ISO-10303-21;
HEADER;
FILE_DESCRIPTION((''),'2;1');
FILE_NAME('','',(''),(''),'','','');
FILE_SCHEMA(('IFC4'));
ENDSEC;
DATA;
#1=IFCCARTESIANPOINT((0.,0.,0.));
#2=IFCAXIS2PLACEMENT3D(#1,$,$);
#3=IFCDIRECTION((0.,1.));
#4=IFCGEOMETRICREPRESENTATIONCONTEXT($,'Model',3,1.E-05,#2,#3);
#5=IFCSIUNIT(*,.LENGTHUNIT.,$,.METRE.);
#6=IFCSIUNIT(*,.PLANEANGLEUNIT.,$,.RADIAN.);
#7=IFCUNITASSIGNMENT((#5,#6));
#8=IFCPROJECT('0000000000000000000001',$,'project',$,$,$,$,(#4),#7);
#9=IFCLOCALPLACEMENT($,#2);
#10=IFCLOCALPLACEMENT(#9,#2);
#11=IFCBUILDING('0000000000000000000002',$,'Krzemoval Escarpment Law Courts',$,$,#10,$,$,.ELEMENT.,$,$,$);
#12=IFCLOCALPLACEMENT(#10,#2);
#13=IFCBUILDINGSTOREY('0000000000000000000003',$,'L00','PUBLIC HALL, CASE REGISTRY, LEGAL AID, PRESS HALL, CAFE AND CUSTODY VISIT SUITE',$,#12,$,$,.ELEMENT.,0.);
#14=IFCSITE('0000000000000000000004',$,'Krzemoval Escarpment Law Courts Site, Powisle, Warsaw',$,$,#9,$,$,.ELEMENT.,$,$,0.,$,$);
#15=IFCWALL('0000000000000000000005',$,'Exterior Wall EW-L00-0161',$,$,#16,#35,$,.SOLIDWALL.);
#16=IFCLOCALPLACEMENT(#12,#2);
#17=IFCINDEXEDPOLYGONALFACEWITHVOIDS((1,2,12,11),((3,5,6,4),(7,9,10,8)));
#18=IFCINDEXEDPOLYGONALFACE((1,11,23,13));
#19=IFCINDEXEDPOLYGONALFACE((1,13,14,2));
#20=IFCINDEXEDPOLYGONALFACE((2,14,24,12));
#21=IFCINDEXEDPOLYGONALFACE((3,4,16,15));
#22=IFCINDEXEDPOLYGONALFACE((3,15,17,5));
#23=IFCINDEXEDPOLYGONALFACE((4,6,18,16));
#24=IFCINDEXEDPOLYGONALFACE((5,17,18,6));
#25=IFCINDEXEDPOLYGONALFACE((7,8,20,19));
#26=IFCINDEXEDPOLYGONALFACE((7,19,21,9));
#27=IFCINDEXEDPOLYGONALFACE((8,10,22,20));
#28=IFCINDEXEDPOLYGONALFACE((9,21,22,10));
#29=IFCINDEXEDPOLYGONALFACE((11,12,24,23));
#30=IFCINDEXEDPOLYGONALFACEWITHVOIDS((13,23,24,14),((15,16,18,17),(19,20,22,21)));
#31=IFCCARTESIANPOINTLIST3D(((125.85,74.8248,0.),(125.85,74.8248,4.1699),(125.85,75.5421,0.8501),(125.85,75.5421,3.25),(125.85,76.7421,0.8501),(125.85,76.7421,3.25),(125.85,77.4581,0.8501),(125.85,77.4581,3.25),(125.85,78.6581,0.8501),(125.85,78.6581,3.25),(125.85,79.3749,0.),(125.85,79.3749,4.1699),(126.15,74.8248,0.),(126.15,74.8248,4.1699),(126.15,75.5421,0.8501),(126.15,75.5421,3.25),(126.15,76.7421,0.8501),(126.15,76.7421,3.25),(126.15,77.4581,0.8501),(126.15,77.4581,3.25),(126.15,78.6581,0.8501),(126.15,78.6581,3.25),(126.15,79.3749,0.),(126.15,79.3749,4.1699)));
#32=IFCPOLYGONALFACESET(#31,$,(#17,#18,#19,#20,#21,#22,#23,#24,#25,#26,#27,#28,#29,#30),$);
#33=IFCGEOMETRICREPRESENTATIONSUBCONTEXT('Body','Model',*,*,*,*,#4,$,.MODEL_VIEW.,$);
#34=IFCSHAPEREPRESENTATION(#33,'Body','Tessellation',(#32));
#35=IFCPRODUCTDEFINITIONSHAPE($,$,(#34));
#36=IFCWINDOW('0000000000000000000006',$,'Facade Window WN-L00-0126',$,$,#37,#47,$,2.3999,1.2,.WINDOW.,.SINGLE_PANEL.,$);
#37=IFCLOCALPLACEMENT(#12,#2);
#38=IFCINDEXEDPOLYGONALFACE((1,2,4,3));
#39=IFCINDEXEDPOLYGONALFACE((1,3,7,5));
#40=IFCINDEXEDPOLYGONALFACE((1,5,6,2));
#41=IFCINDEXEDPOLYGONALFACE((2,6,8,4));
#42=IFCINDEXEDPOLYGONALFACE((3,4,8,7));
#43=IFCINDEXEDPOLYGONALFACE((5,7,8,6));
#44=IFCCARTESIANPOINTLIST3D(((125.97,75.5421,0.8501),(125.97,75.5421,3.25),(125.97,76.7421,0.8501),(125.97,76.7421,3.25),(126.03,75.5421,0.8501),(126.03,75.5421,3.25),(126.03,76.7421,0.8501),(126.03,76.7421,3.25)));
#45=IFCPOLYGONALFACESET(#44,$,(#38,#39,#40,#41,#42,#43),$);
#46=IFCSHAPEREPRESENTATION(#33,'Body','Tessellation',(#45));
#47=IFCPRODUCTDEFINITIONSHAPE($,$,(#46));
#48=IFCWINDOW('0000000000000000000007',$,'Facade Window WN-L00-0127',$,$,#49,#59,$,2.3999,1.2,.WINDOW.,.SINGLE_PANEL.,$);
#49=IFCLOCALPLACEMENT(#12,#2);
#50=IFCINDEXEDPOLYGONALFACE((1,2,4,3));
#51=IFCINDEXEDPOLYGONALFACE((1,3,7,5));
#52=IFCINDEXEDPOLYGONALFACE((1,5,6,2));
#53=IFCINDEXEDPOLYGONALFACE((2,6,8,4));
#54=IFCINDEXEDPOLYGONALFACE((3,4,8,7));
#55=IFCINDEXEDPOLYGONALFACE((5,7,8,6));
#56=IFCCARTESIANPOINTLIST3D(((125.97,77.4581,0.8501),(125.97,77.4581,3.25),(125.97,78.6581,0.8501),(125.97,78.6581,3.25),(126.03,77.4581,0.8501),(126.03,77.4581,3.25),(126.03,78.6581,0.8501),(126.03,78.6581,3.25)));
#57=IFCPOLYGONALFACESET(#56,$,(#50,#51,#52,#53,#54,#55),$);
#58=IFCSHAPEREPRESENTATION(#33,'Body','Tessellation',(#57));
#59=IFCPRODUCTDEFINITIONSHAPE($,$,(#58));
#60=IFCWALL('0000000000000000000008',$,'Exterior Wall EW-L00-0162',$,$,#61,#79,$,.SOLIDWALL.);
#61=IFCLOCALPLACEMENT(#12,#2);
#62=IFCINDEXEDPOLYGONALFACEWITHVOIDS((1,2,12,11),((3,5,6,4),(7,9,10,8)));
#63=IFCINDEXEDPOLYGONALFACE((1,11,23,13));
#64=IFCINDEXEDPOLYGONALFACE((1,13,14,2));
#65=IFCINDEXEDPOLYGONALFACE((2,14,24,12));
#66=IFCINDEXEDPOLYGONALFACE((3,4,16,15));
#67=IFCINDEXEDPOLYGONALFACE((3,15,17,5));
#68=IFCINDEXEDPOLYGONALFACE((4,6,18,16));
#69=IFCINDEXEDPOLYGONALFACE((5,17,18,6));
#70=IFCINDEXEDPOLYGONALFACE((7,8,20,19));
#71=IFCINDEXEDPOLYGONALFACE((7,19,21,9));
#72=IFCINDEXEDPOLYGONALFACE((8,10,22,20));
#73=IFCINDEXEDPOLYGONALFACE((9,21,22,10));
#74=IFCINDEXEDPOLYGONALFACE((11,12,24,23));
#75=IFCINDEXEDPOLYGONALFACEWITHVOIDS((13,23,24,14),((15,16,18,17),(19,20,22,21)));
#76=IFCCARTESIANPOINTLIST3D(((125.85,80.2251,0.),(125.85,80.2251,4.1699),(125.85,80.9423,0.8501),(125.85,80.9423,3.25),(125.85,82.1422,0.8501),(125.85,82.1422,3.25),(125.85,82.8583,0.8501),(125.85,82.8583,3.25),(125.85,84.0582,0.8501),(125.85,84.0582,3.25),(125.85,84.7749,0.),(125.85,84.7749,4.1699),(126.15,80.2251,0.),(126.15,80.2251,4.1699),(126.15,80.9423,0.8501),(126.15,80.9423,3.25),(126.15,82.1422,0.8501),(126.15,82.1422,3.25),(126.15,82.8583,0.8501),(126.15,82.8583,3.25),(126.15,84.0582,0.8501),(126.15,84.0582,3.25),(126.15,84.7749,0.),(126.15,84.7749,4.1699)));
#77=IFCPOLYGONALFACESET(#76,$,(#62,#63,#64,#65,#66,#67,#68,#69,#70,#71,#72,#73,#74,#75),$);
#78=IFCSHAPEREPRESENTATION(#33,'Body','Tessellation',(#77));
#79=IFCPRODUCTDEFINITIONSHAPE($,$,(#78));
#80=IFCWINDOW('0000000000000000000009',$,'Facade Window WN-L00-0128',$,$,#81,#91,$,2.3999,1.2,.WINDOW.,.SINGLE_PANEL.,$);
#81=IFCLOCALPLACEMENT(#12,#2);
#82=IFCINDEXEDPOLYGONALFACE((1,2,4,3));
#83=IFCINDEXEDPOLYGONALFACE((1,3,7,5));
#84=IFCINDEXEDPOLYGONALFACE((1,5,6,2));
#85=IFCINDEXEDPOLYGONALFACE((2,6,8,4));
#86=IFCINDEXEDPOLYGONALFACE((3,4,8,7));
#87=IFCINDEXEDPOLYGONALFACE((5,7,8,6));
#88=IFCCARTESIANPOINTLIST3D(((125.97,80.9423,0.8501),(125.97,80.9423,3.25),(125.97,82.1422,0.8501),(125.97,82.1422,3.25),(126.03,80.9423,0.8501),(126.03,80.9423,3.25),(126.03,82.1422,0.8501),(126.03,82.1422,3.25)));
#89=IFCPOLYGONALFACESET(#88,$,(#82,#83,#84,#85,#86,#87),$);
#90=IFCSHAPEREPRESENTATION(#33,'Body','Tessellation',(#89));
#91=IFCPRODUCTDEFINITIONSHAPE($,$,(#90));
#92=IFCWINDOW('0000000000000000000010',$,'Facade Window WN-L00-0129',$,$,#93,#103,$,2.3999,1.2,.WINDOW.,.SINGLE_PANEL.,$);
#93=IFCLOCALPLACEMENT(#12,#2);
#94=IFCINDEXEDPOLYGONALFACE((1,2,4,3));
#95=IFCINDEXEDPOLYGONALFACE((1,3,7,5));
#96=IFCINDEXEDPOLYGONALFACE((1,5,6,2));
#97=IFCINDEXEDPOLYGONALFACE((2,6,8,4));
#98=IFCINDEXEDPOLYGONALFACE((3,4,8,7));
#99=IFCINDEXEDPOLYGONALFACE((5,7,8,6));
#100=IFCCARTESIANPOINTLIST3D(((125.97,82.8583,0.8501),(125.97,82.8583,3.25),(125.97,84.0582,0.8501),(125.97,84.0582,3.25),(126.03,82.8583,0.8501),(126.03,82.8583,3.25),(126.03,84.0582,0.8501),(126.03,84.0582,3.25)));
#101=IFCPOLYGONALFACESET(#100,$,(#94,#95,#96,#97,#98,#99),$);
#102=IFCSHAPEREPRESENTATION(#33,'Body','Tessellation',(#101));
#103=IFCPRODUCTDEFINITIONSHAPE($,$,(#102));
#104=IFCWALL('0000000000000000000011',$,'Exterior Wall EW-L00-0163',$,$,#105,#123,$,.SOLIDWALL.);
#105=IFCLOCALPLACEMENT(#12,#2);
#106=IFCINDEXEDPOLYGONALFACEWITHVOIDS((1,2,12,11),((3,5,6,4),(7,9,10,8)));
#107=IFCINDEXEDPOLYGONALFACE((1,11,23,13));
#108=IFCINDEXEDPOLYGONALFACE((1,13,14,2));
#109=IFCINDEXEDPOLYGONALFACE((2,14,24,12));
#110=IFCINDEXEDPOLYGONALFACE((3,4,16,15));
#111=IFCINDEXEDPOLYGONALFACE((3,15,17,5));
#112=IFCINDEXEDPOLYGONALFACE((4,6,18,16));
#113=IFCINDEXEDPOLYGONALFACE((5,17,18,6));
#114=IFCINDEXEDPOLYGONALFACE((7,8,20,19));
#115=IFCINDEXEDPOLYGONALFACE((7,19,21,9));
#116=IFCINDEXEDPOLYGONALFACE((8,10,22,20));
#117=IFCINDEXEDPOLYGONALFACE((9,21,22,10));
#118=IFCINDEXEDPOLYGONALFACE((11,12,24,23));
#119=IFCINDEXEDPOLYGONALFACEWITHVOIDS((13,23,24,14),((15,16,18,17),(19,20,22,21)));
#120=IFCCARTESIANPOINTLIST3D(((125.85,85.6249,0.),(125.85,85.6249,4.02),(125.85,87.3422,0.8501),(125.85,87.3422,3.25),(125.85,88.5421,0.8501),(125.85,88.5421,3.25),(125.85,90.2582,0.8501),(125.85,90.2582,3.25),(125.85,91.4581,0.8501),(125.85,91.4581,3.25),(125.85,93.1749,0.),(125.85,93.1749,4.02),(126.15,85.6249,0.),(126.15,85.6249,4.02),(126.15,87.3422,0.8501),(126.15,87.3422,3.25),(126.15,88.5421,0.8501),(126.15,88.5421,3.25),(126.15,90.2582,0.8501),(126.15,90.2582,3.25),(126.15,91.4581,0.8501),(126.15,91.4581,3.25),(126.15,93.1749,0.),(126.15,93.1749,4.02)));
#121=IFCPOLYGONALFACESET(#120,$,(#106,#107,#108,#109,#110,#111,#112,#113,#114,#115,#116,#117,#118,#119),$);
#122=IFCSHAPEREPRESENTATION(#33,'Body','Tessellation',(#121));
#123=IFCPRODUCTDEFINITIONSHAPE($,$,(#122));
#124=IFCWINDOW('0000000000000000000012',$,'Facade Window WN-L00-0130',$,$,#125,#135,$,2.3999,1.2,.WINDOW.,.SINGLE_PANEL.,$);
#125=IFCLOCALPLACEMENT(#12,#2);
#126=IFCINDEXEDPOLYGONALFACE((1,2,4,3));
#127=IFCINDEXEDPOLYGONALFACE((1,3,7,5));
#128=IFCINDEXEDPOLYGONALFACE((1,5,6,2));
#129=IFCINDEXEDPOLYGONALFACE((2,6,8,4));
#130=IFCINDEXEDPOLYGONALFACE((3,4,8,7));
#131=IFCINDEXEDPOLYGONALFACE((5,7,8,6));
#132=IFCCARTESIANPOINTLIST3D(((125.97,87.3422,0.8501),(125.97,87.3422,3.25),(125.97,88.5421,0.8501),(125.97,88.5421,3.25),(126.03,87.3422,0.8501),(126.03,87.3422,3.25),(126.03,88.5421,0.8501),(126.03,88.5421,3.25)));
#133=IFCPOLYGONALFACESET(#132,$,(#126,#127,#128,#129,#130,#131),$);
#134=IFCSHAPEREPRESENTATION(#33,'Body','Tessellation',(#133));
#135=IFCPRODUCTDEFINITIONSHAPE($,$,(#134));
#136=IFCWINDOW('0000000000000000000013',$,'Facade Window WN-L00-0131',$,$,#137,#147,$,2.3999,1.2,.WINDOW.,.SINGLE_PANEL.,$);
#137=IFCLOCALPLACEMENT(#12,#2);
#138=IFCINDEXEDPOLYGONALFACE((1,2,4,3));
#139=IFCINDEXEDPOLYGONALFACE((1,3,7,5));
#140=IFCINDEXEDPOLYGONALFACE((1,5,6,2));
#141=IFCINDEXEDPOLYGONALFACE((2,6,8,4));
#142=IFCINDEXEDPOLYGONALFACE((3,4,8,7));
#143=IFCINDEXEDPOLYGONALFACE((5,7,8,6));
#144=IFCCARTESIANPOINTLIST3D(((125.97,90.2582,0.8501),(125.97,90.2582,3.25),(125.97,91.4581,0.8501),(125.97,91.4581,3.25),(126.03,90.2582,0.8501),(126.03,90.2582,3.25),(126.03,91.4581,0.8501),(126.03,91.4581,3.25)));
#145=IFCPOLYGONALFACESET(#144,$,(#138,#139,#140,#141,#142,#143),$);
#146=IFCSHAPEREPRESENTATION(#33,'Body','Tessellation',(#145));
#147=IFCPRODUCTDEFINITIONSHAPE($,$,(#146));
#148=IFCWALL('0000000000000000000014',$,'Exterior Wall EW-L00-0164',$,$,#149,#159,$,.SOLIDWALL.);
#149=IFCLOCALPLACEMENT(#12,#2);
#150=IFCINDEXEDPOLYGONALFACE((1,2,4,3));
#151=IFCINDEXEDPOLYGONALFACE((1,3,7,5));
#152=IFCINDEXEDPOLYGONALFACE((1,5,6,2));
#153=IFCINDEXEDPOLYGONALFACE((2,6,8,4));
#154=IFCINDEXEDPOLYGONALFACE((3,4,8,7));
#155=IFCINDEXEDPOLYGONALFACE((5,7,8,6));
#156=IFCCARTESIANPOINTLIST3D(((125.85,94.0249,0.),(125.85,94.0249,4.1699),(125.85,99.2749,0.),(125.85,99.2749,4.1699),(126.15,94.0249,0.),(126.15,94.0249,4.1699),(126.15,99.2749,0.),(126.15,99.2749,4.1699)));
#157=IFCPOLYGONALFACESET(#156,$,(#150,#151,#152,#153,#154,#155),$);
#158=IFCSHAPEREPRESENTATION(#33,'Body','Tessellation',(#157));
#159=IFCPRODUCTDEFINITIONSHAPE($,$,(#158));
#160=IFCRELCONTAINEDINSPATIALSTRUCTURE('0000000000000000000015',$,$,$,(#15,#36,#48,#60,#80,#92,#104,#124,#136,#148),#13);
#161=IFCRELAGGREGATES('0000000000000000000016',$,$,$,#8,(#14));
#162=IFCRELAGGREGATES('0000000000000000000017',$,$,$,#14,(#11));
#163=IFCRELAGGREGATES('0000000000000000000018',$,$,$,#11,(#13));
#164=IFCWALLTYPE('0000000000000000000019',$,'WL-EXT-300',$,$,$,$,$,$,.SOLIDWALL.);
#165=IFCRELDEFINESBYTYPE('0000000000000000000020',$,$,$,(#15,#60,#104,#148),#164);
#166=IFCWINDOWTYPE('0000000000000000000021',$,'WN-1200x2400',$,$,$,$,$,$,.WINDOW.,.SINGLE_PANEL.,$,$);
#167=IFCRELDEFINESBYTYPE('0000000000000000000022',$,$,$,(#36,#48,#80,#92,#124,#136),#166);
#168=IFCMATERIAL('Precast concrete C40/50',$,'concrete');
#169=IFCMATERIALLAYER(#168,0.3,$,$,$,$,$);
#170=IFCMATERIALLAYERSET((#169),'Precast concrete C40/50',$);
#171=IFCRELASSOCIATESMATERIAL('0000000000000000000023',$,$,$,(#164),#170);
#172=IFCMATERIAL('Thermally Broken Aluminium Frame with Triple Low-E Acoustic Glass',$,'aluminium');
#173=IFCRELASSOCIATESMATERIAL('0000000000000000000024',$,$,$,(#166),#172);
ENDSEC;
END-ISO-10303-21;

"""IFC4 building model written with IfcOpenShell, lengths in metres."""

from ifc_helpers import new_model, si_unit, direction, frame, frame_2d, origin, place, context, subcontext, project, spatial, rectangle, extrude, material, layer, layer_set, type_object, element, fill, save


model = new_model("IFC4")

# Units and contexts
model_context = context("Model", 3, precision=1e-05, world=origin(), true_north=direction((0.0, 1.0)))
body_context = subcontext(model_context, "Body", "Model", "MODEL_VIEW")
ifc_project = project(units=[si_unit("LENGTHUNIT", "METRE"), si_unit("PLANEANGLEUNIT", "RADIAN")], contexts=[model_context])

# Site, building, storey
site_placement = place(None, origin())
site = spatial("IfcSite", under=ifc_project, at=site_placement, Name="Krzemoval Escarpment Law Courts Site, Powisle, Warsaw", CompositionType="ELEMENT", RefElevation=0.0)
building_placement = place(site_placement, origin())
building = spatial("IfcBuilding", under=site, at=building_placement, Name="Krzemoval Escarpment Law Courts", CompositionType="ELEMENT")
storey_placement = place(building_placement, origin())
storey = spatial("IfcBuildingStorey", under=building, at=storey_placement, Name="L00", Description="PUBLIC HALL, CASE REGISTRY, LEGAL AID, PRESS HALL, CAFE AND CUSTODY VISIT SUITE", CompositionType="ELEMENT", Elevation=0.0)

# Walls, openings, windows
ifc_material_1 = material(Name="Precast concrete C40/50", Category="concrete")
ifc_layer_1 = layer(ifc_material_1, 0.3)
ifc_layer_set_1 = layer_set([ifc_layer_1], Name="Precast concrete C40/50")
wall_type_1 = type_object("IfcWallType", Name="WL-EXT-300", PredefinedType="SOLIDWALL", material=ifc_layer_set_1)
wall_1_placement = place(storey_placement, frame((126.0, 74.825, 0.0), z_axis=(0.0, 0.0, 1.0), x_axis=(0.0, 1.0, 0.0)))
wall_1 = element("IfcWall", 1, at=wall_1_placement, inside=storey, type_object=wall_type_1, Name="Exterior Wall EW-L00-0161", PredefinedType="SOLIDWALL", context=body_context, shape_type="SweptSolid", body=[
    extrude(rectangle(XDim=4.55, YDim=0.3, at=frame_2d((2.2749, 0.0))), origin(), (0.0, 0.0, 1.0), 4.1699),
])
opening_1_placement = place(wall_1_placement, frame((0.717, 0.0, 0.8501)))
opening_1 = element("IfcOpeningElement", 2, at=opening_1_placement, cuts=wall_1, PredefinedType="OPENING", context=body_context, shape_type="SweptSolid", body=[
    extrude(rectangle(XDim=1.2, YDim=2.3999, at=frame_2d((0.6001, 1.2))), frame((0.0, 0.165, 0.0), z_axis=(0.0, -1.0, 0.0), x_axis=(1.0, 0.0, 0.0)), (0.0, 0.0, 1.0), 0.3301),
])
opening_2_placement = place(wall_1_placement, frame((2.6331, 0.0, 0.8501)))
opening_2 = element("IfcOpeningElement", 3, at=opening_2_placement, cuts=wall_1, PredefinedType="OPENING", context=body_context, shape_type="SweptSolid", body=[
    extrude(rectangle(XDim=1.2, YDim=2.3999, at=frame_2d((0.6001, 1.2))), frame((0.0, 0.165, 0.0), z_axis=(0.0, -1.0, 0.0), x_axis=(1.0, 0.0, 0.0)), (0.0, 0.0, 1.0), 0.3301),
])
ifc_material_2 = material(Name="Thermally Broken Aluminium Frame with Triple Low-E Acoustic Glass", Category="aluminium")
window_type = type_object("IfcWindowType", Name="WN-1200x2400", PartitioningType="SINGLE_PANEL", PredefinedType="WINDOW", material=ifc_material_2)
window_1_placement = place(opening_1_placement, origin())
window_1 = element("IfcWindow", 4, at=window_1_placement, inside=storey, type_object=window_type, Name="Facade Window WN-L00-0126", OverallHeight=2.3999, OverallWidth=1.2, PartitioningType="SINGLE_PANEL", PredefinedType="WINDOW", context=body_context, shape_type="SweptSolid", body=[
    extrude(rectangle(XDim=1.2, YDim=2.3999, at=frame_2d((0.6001, 1.2))), frame((0.0, 0.03, 0.0), z_axis=(0.0, -1.0, 0.0), x_axis=(1.0, 0.0, 0.0)), (0.0, 0.0, 1.0), 0.0601),
])
fill(opening_1, window_1)
window_2_placement = place(opening_2_placement, origin())
window_2 = element("IfcWindow", 5, at=window_2_placement, inside=storey, type_object=window_type, Name="Facade Window WN-L00-0127", OverallHeight=2.3999, OverallWidth=1.2, PartitioningType="SINGLE_PANEL", PredefinedType="WINDOW", context=body_context, shape_type="SweptSolid", body=[
    extrude(rectangle(XDim=1.2, YDim=2.3999, at=frame_2d((0.6001, 1.2))), frame((0.0, 0.03, 0.0), z_axis=(0.0, -1.0, 0.0), x_axis=(1.0, 0.0, 0.0)), (0.0, 0.0, 1.0), 0.0601),
])
fill(opening_2, window_2)
wall_2_placement = place(storey_placement, frame((126.0, 80.2251, 0.0), z_axis=(0.0, 0.0, 1.0), x_axis=(0.0, 1.0, 0.0)))
wall_2 = element("IfcWall", 6, at=wall_2_placement, inside=storey, type_object=wall_type_1, Name="Exterior Wall EW-L00-0162", PredefinedType="SOLIDWALL", context=body_context, shape_type="SweptSolid", body=[
    extrude(rectangle(XDim=4.5498, YDim=0.3, at=frame_2d((2.2749, 0.0))), origin(), (0.0, 0.0, 1.0), 4.1699),
])
opening_3_placement = place(wall_2_placement, frame((0.717, 0.0, 0.8501)))
opening_3 = element("IfcOpeningElement", 7, at=opening_3_placement, cuts=wall_2, PredefinedType="OPENING", context=body_context, shape_type="SweptSolid", body=[
    extrude(rectangle(XDim=1.2, YDim=2.3999, at=frame_2d((0.6001, 1.2))), frame((0.0, 0.165, 0.0), z_axis=(0.0, -1.0, 0.0), x_axis=(1.0, 0.0, 0.0)), (0.0, 0.0, 1.0), 0.3301),
])
opening_4_placement = place(wall_2_placement, frame((2.6331, 0.0, 0.8501)))
opening_4 = element("IfcOpeningElement", 8, at=opening_4_placement, cuts=wall_2, PredefinedType="OPENING", context=body_context, shape_type="SweptSolid", body=[
    extrude(rectangle(XDim=1.2, YDim=2.3999, at=frame_2d((0.6001, 1.2))), frame((0.0, 0.165, 0.0), z_axis=(0.0, -1.0, 0.0), x_axis=(1.0, 0.0, 0.0)), (0.0, 0.0, 1.0), 0.3301),
])
window_3_placement = place(opening_3_placement, origin())
window_3 = element("IfcWindow", 9, at=window_3_placement, inside=storey, type_object=window_type, Name="Facade Window WN-L00-0128", OverallHeight=2.3999, OverallWidth=1.2, PartitioningType="SINGLE_PANEL", PredefinedType="WINDOW", context=body_context, shape_type="SweptSolid", body=[
    extrude(rectangle(XDim=1.2, YDim=2.3999, at=frame_2d((0.6001, 1.2))), frame((0.0, 0.03, 0.0), z_axis=(0.0, -1.0, 0.0), x_axis=(1.0, 0.0, 0.0)), (0.0, 0.0, 1.0), 0.0601),
])
fill(opening_3, window_3)
window_4_placement = place(opening_4_placement, origin())
window_4 = element("IfcWindow", 10, at=window_4_placement, inside=storey, type_object=window_type, Name="Facade Window WN-L00-0129", OverallHeight=2.3999, OverallWidth=1.2, PartitioningType="SINGLE_PANEL", PredefinedType="WINDOW", context=body_context, shape_type="SweptSolid", body=[
    extrude(rectangle(XDim=1.2, YDim=2.3999, at=frame_2d((0.6001, 1.2))), frame((0.0, 0.03, 0.0), z_axis=(0.0, -1.0, 0.0), x_axis=(1.0, 0.0, 0.0)), (0.0, 0.0, 1.0), 0.0601),
])
fill(opening_4, window_4)
wall_3_placement = place(storey_placement, frame((126.0, 85.625, 0.0), z_axis=(0.0, 0.0, 1.0), x_axis=(0.0, 1.0, 0.0)))
wall_3 = element("IfcWall", 11, at=wall_3_placement, inside=storey, type_object=wall_type_1, Name="Exterior Wall EW-L00-0163", PredefinedType="SOLIDWALL", context=body_context, shape_type="SweptSolid", body=[
    extrude(rectangle(XDim=7.55, YDim=0.3, at=frame_2d((3.7749, 0.0))), origin(), (0.0, 0.0, 1.0), 4.02),
])
opening_5_placement = place(wall_3_placement, frame((1.717, 0.0, 0.8501)))
opening_5 = element("IfcOpeningElement", 12, at=opening_5_placement, cuts=wall_3, PredefinedType="OPENING", context=body_context, shape_type="SweptSolid", body=[
    extrude(rectangle(XDim=1.2, YDim=2.3999, at=frame_2d((0.6001, 1.2))), frame((0.0, 0.165, 0.0), z_axis=(0.0, -1.0, 0.0), x_axis=(1.0, 0.0, 0.0)), (0.0, 0.0, 1.0), 0.3301),
])
opening_6_placement = place(wall_3_placement, frame((4.6331, 0.0, 0.8501)))
opening_6 = element("IfcOpeningElement", 13, at=opening_6_placement, cuts=wall_3, PredefinedType="OPENING", context=body_context, shape_type="SweptSolid", body=[
    extrude(rectangle(XDim=1.2, YDim=2.3999, at=frame_2d((0.6001, 1.2))), frame((0.0, 0.165, 0.0), z_axis=(0.0, -1.0, 0.0), x_axis=(1.0, 0.0, 0.0)), (0.0, 0.0, 1.0), 0.3301),
])
window_5_placement = place(opening_5_placement, origin())
window_5 = element("IfcWindow", 14, at=window_5_placement, inside=storey, type_object=window_type, Name="Facade Window WN-L00-0130", OverallHeight=2.3999, OverallWidth=1.2, PartitioningType="SINGLE_PANEL", PredefinedType="WINDOW", context=body_context, shape_type="SweptSolid", body=[
    extrude(rectangle(XDim=1.2, YDim=2.3999, at=frame_2d((0.6001, 1.2))), frame((0.0, 0.03, 0.0), z_axis=(0.0, -1.0, 0.0), x_axis=(1.0, 0.0, 0.0)), (0.0, 0.0, 1.0), 0.0601),
])
fill(opening_5, window_5)
window_6_placement = place(opening_6_placement, origin())
window_6 = element("IfcWindow", 15, at=window_6_placement, inside=storey, type_object=window_type, Name="Facade Window WN-L00-0131", OverallHeight=2.3999, OverallWidth=1.2, PartitioningType="SINGLE_PANEL", PredefinedType="WINDOW", context=body_context, shape_type="SweptSolid", body=[
    extrude(rectangle(XDim=1.2, YDim=2.3999, at=frame_2d((0.6001, 1.2))), frame((0.0, 0.03, 0.0), z_axis=(0.0, -1.0, 0.0), x_axis=(1.0, 0.0, 0.0)), (0.0, 0.0, 1.0), 0.0601),
])
fill(opening_6, window_6)

# Wall
wall_4_placement = place(storey_placement, frame((126.0, 94.0249, 0.0), z_axis=(0.0, 0.0, 1.0), x_axis=(0.0, 1.0, 0.0)))
element("IfcWall", 16, at=wall_4_placement, inside=storey, type_object=wall_type_1, Name="Exterior Wall EW-L00-0164", PredefinedType="SOLIDWALL", context=body_context, shape_type="SweptSolid", body=[
    extrude(rectangle(XDim=5.25, YDim=0.3, at=frame_2d((2.625, 0.0))), origin(), (0.0, 0.0, 1.0), 4.1699),
])

save(model, "model.ifc")
